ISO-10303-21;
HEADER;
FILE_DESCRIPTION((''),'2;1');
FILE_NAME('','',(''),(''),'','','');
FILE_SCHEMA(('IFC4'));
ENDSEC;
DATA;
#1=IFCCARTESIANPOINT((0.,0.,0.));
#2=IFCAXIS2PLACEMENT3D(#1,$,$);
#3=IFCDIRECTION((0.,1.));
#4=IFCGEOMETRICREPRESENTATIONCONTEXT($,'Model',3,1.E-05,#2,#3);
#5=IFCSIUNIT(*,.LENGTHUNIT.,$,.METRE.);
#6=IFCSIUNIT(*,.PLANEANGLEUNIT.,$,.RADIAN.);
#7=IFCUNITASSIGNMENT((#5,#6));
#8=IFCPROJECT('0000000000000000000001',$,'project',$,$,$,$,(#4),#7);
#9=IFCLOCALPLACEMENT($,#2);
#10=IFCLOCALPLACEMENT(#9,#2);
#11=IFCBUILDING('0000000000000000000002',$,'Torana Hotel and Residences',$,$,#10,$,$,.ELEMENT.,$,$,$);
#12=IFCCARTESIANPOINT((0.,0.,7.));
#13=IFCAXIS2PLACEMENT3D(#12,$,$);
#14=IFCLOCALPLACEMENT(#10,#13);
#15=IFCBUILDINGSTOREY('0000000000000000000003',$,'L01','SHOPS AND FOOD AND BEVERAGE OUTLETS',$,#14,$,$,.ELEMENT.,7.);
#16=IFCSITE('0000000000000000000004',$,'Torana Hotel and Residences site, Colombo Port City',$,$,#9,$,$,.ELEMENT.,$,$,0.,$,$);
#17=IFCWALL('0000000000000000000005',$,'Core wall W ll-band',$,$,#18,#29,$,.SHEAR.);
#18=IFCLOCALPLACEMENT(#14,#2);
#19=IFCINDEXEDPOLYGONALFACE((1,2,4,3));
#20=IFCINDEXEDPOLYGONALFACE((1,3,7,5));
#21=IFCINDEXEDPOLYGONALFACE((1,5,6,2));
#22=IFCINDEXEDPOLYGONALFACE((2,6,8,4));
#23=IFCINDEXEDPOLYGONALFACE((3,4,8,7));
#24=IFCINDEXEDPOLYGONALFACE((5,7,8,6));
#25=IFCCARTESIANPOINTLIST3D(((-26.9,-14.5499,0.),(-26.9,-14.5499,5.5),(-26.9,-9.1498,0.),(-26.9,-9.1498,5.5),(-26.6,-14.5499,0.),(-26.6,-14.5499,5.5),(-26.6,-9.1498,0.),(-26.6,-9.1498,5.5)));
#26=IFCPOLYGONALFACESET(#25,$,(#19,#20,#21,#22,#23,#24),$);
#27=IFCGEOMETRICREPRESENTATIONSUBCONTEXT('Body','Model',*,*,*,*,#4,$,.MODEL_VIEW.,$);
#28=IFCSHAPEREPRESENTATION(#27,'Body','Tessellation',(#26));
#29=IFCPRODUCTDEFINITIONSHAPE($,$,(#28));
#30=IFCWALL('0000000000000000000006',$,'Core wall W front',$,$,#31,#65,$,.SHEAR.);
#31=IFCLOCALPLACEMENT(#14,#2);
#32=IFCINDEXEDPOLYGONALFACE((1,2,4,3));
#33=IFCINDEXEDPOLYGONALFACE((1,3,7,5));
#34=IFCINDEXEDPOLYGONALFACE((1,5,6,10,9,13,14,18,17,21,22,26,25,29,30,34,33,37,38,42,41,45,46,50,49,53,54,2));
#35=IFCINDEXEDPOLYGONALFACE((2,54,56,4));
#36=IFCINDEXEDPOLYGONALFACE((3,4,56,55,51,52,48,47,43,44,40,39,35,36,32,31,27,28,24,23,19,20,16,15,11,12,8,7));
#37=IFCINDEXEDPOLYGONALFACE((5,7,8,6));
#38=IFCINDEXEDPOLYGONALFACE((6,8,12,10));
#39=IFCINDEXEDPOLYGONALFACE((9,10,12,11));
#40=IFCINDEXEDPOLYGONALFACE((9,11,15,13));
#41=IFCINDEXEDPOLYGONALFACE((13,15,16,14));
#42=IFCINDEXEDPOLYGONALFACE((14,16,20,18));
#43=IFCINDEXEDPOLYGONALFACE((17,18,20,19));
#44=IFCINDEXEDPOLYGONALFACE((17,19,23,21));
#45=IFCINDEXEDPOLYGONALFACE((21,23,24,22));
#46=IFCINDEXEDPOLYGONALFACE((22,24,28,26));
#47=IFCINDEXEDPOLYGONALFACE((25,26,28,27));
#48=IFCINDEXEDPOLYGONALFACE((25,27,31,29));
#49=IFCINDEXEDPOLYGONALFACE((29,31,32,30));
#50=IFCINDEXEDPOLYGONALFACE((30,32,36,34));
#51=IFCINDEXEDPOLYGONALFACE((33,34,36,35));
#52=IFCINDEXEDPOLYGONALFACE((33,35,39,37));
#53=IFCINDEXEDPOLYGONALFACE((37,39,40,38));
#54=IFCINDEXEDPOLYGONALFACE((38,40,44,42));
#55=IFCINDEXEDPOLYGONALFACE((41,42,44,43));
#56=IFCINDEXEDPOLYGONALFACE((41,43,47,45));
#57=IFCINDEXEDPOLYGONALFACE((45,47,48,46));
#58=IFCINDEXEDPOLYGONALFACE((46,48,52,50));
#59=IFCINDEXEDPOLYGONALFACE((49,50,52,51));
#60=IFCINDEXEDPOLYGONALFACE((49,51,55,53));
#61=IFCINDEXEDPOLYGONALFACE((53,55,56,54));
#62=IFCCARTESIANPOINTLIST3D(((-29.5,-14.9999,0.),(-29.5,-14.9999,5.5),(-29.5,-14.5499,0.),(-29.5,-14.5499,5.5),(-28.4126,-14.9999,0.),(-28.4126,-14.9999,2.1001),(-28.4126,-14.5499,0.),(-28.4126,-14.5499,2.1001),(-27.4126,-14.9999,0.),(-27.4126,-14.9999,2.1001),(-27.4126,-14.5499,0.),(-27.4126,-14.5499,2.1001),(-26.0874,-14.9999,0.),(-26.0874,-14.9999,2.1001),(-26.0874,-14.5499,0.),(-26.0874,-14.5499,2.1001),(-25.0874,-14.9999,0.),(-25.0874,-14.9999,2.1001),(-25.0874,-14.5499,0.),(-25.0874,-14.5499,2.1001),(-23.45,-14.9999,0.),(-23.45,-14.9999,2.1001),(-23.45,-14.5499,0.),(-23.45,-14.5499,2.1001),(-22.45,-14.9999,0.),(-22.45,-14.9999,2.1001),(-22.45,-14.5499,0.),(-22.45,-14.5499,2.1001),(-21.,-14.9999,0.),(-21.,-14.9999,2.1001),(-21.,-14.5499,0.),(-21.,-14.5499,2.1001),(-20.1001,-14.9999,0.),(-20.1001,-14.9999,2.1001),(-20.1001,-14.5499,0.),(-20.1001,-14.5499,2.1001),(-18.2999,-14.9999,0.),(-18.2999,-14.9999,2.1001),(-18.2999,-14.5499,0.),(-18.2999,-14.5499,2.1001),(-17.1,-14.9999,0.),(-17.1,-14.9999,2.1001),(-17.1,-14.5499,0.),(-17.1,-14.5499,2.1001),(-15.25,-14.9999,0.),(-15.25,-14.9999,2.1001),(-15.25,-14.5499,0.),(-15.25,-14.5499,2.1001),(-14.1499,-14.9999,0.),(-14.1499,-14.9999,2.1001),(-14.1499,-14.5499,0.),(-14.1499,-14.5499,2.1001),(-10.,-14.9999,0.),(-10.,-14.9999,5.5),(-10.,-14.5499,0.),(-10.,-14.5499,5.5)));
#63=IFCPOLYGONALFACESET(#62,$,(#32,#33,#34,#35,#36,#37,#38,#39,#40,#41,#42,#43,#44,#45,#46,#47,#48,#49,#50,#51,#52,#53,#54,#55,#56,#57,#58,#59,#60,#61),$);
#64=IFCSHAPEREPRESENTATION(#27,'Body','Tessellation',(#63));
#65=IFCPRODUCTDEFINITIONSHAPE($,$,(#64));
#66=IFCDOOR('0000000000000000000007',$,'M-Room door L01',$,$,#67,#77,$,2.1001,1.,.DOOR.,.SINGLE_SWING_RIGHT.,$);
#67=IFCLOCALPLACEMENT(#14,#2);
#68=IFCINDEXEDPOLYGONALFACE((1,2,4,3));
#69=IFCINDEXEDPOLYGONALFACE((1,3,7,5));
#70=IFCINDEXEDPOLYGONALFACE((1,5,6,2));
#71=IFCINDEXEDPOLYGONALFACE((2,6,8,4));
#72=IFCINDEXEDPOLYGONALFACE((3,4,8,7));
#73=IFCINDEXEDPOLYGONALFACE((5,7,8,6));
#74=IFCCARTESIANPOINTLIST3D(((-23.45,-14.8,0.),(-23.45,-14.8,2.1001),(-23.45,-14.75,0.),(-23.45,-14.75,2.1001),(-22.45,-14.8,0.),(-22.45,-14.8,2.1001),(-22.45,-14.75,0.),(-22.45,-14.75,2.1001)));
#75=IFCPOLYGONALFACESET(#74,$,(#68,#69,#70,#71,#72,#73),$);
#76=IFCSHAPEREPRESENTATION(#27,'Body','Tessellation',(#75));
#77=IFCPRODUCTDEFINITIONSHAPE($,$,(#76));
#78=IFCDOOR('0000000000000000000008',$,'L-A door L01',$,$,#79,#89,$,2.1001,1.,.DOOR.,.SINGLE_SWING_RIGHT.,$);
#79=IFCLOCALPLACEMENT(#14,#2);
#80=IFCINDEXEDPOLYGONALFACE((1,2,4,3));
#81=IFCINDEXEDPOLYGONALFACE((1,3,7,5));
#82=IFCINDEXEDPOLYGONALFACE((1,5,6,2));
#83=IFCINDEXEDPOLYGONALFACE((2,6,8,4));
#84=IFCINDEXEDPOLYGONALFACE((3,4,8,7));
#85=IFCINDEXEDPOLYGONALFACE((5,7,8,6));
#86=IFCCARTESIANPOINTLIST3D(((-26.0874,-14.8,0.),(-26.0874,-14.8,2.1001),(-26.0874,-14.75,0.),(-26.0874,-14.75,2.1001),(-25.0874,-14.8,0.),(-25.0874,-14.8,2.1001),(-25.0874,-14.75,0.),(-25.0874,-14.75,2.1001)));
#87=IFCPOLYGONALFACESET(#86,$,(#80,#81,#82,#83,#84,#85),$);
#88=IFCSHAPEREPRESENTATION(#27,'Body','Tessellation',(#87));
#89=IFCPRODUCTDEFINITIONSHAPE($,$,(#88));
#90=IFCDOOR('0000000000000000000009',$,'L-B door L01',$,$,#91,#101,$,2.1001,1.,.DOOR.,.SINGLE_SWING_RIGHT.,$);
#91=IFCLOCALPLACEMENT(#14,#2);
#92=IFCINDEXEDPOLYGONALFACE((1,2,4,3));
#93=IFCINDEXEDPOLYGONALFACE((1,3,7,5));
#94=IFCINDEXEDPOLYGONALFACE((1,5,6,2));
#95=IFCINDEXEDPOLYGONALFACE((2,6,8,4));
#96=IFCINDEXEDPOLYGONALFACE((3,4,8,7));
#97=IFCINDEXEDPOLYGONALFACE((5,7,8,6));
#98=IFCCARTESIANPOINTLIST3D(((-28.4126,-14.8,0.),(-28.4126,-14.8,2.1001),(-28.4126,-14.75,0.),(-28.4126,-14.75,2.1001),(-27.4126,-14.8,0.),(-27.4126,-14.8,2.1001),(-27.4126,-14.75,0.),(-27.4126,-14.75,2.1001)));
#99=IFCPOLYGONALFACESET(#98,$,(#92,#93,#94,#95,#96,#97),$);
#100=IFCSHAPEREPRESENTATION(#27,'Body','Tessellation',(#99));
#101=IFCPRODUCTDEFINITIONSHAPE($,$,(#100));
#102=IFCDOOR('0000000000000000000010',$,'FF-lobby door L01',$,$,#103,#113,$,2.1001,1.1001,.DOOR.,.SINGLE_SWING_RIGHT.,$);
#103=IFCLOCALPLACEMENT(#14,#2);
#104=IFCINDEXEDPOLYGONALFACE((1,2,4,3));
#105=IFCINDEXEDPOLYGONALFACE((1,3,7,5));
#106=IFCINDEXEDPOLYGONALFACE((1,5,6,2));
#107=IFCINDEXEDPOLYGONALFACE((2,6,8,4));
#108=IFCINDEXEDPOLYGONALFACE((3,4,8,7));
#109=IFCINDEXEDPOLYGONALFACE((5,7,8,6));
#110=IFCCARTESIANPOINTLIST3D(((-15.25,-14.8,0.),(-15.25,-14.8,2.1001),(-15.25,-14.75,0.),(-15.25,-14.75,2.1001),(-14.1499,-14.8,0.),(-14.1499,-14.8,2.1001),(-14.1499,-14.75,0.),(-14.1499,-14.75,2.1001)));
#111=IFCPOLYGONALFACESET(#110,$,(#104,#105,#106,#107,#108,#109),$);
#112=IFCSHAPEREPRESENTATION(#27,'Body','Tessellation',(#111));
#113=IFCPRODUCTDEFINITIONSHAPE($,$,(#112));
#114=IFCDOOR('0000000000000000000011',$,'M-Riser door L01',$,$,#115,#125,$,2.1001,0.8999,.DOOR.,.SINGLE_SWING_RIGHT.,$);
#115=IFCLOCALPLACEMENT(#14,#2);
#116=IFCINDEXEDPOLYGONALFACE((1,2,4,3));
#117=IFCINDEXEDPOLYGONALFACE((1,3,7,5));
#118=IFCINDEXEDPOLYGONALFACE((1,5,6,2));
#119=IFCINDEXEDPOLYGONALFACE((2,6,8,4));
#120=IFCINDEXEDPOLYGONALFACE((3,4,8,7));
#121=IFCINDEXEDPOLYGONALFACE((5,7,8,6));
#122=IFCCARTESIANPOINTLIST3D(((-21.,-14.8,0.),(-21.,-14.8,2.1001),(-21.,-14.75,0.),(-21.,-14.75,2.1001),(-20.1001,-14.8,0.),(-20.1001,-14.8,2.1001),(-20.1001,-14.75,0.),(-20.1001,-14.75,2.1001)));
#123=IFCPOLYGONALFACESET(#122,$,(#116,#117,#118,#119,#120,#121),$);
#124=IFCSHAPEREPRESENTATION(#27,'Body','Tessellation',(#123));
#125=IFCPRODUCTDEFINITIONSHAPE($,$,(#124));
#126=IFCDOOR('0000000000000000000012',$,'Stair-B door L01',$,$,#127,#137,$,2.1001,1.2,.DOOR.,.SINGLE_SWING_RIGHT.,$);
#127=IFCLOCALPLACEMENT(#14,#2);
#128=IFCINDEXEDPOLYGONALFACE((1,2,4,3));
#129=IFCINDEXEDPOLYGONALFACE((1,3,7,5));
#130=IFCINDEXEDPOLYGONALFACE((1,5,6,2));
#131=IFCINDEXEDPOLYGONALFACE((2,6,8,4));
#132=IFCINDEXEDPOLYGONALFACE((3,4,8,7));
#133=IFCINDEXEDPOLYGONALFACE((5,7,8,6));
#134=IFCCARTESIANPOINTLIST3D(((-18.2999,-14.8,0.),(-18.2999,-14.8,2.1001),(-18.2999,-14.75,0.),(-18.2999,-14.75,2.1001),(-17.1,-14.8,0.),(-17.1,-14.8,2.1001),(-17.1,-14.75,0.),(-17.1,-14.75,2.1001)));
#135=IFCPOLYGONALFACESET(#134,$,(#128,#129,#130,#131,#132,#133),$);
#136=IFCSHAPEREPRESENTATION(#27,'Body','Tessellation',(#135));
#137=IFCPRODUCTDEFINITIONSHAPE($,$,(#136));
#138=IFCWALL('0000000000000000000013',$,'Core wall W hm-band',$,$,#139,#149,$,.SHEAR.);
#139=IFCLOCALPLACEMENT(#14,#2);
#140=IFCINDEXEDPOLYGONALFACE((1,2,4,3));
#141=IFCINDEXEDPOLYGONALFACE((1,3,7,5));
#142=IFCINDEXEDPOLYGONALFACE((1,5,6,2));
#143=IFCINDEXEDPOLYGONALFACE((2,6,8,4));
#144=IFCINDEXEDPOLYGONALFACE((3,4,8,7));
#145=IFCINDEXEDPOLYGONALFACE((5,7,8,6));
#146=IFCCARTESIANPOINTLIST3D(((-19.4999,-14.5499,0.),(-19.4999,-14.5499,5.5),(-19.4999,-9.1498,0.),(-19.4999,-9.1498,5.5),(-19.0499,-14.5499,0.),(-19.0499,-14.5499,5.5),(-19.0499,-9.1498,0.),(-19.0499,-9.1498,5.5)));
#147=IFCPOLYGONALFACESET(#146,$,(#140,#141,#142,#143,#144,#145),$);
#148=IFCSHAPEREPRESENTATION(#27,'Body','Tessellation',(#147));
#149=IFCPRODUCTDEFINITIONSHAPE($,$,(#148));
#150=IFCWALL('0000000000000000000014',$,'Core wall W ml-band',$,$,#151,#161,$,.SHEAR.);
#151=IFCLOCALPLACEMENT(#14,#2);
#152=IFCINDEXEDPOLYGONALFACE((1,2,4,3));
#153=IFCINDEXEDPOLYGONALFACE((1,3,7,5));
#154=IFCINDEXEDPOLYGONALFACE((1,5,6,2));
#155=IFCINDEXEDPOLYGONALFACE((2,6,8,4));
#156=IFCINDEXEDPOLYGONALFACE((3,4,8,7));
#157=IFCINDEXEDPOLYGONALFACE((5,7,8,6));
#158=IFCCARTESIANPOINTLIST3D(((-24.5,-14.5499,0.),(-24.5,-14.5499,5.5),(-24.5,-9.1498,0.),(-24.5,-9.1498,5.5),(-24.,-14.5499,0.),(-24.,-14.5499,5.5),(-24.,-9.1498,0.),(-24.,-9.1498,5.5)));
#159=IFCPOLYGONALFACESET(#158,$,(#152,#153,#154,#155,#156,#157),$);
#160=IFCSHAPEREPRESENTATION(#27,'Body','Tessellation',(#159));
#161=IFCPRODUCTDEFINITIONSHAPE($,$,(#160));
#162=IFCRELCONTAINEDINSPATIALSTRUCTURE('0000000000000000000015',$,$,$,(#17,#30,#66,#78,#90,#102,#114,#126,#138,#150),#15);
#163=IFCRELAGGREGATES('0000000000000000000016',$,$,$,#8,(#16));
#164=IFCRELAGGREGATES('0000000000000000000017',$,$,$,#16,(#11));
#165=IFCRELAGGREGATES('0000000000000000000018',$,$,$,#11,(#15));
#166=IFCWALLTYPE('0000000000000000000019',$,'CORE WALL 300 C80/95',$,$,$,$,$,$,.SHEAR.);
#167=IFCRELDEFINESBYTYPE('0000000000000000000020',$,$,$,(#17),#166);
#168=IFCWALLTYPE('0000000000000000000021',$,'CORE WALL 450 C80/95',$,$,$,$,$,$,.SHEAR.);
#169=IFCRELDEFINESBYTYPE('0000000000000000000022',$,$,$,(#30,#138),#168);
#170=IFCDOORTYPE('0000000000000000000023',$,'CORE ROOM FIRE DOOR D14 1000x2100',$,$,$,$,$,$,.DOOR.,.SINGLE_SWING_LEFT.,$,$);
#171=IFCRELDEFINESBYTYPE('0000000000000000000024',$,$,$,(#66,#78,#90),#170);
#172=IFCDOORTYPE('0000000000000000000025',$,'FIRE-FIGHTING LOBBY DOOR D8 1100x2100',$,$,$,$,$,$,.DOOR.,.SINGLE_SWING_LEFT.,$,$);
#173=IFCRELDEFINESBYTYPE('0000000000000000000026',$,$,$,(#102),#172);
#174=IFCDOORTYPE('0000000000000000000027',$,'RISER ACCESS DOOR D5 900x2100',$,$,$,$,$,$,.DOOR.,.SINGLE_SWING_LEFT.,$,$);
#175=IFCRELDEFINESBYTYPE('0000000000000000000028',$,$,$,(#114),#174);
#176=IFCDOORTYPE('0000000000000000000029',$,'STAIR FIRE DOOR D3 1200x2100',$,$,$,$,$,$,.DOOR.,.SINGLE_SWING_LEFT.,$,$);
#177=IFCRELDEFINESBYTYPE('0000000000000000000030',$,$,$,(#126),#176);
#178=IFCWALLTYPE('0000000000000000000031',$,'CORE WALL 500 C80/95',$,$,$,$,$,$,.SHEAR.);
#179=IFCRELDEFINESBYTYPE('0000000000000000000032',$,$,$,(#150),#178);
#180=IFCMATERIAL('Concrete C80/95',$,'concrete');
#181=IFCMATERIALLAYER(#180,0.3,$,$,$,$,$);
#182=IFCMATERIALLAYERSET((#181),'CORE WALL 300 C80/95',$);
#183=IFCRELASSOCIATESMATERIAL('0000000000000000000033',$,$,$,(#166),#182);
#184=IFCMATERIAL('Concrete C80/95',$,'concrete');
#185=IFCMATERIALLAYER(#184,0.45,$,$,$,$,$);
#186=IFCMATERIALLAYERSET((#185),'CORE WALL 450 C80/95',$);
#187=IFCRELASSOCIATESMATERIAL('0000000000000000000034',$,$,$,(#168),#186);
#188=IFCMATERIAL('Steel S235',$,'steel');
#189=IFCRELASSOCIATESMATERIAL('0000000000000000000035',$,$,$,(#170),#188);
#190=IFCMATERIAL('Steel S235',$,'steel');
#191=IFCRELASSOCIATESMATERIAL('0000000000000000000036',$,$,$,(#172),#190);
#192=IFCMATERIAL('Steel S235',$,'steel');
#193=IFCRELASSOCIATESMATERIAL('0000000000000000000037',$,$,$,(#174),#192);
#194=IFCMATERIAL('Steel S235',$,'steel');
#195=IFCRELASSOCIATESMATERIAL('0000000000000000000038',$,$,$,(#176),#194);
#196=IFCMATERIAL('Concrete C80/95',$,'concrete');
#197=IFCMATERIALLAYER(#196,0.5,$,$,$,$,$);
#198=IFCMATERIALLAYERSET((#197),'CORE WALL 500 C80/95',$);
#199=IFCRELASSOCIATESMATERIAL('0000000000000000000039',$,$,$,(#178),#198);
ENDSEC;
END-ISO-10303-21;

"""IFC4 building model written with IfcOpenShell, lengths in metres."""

from ifc_helpers import new_model, si_unit, direction, frame, frame_2d, origin, place, context, subcontext, project, spatial, rectangle, extrude, material, layer, layer_set, type_object, element, fill, save


model = new_model("IFC4")

# Units and contexts
model_context = context("Model", 3, precision=1e-05, world=origin(), true_north=direction((0.0, 1.0)))
body_context = subcontext(model_context, "Body", "Model", "MODEL_VIEW")
ifc_project = project(units=[si_unit("LENGTHUNIT", "METRE"), si_unit("PLANEANGLEUNIT", "RADIAN")], contexts=[model_context])

# Site, building, storey
site_placement = place(None, origin())
site = spatial("IfcSite", under=ifc_project, at=site_placement, Name="Torana Hotel and Residences site, Colombo Port City", CompositionType="ELEMENT", RefElevation=0.0)
building_placement = place(site_placement, origin())
building = spatial("IfcBuilding", under=site, at=building_placement, Name="Torana Hotel and Residences", CompositionType="ELEMENT")
storey_placement = place(building_placement, frame((0.0, 0.0, 7.0)))
storey = spatial("IfcBuildingStorey", under=building, at=storey_placement, Name="L01", Description="SHOPS AND FOOD AND BEVERAGE OUTLETS", CompositionType="ELEMENT", Elevation=7.0)

# Wall
ifc_material_1 = material(Name="Concrete C80/95", Category="concrete")
ifc_layer_1 = layer(ifc_material_1, 0.3)
ifc_layer_set_1 = layer_set([ifc_layer_1], Name="CORE WALL 300 C80/95")
wall_type_1 = type_object("IfcWallType", Name="CORE WALL 300 C80/95", PredefinedType="SHEAR", material=ifc_layer_set_1)
for number, where, z_axis, x_axis, name in (
    (1, (-26.75, -14.55, 0.0), (0.0, 0.0, 1.0), (0.0, 1.0, 0.0), "Core wall W ll-band"),
):
    element("IfcWall", number, at=place(storey_placement, frame(where, z_axis=z_axis, x_axis=x_axis)), inside=storey, type_object=wall_type_1, Name=name, PredefinedType="SHEAR", context=body_context, shape_type="SweptSolid", body=[
        extrude(rectangle(XDim=5.4001, YDim=0.3, at=frame_2d((2.7002, 0.0))), origin(), (0.0, 0.0, 1.0), 5.5),
    ])

# Wall, openings, doors
ifc_material_2 = material(Name="Concrete C80/95", Category="concrete")
ifc_layer_2 = layer(ifc_material_2, 0.45)
ifc_layer_set_2 = layer_set([ifc_layer_2], Name="CORE WALL 450 C80/95")
wall_type_2 = type_object("IfcWallType", Name="CORE WALL 450 C80/95", PredefinedType="SHEAR", material=ifc_layer_set_2)
wall_1_placement = place(storey_placement, frame((-29.5, -14.7749, 0.0), z_axis=(0.0, 0.0, 1.0), x_axis=(1.0, 0.0, 0.0)))
wall_1 = element("IfcWall", 2, at=wall_1_placement, inside=storey, type_object=wall_type_2, Name="Core wall W front", PredefinedType="SHEAR", context=body_context, shape_type="SweptSolid", body=[
    extrude(rectangle(XDim=19.5, YDim=0.45, at=frame_2d((9.75, 0.0))), origin(), (0.0, 0.0, 1.0), 5.5),
])
opening_1_placement = place(wall_1_placement, frame((11.2, 0.0, 0.0)))
opening_1 = element("IfcOpeningElement", 3, at=opening_1_placement, cuts=wall_1, PredefinedType="OPENING", context=body_context, shape_type="SweptSolid", body=[
    extrude(rectangle(XDim=1.2, YDim=2.1001, at=frame_2d((0.6001, 1.05))), frame((0.0, 0.2349, 0.0), z_axis=(0.0, -1.0, 0.0), x_axis=(1.0, 0.0, 0.0)), (0.0, 0.0, 1.0), 0.47),
])
opening_2_placement = place(wall_1_placement, frame((14.25, 0.0, 0.0)))
opening_2 = element("IfcOpeningElement", 4, at=opening_2_placement, cuts=wall_1, PredefinedType="OPENING", context=body_context, shape_type="SweptSolid", body=[
    extrude(rectangle(XDim=1.1001, YDim=2.1001, at=frame_2d((0.55, 1.05))), frame((0.0, 0.2349, 0.0), z_axis=(0.0, -1.0, 0.0), x_axis=(1.0, 0.0, 0.0)), (0.0, 0.0, 1.0), 0.47),
])
opening_3_placement = place(wall_1_placement, frame((8.5, 0.0, 0.0)))
opening_3 = element("IfcOpeningElement", 5, at=opening_3_placement, cuts=wall_1, PredefinedType="OPENING", context=body_context, shape_type="SweptSolid", body=[
    extrude(rectangle(XDim=0.8999, YDim=2.1001, at=frame_2d((0.45, 1.05))), frame((0.0, 0.2349, 0.0), z_axis=(0.0, -1.0, 0.0), x_axis=(1.0, 0.0, 0.0)), (0.0, 0.0, 1.0), 0.47),
])
opening_4_placement = place(wall_1_placement, frame((6.05, 0.0, 0.0)))
opening_4 = element("IfcOpeningElement", 6, at=opening_4_placement, cuts=wall_1, PredefinedType="OPENING", context=body_context, shape_type="SweptSolid", body=[
    extrude(rectangle(XDim=1.0, YDim=2.1001, at=frame_2d((0.5, 1.05))), frame((0.0, 0.2349, 0.0), z_axis=(0.0, -1.0, 0.0), x_axis=(1.0, 0.0, 0.0)), (0.0, 0.0, 1.0), 0.47),
])
opening_5_placement = place(wall_1_placement, frame((3.4126, 0.0, 0.0)))
opening_5 = element("IfcOpeningElement", 7, at=opening_5_placement, cuts=wall_1, PredefinedType="OPENING", context=body_context, shape_type="SweptSolid", body=[
    extrude(rectangle(XDim=1.0, YDim=2.1001, at=frame_2d((0.5, 1.05))), frame((0.0, 0.2349, 0.0), z_axis=(0.0, -1.0, 0.0), x_axis=(1.0, 0.0, 0.0)), (0.0, 0.0, 1.0), 0.47),
])
opening_6_placement = place(wall_1_placement, frame((1.0874, 0.0, 0.0)))
opening_6 = element("IfcOpeningElement", 8, at=opening_6_placement, cuts=wall_1, PredefinedType="OPENING", context=body_context, shape_type="SweptSolid", body=[
    extrude(rectangle(XDim=1.0, YDim=2.1001, at=frame_2d((0.5, 1.05))), frame((0.0, 0.2349, 0.0), z_axis=(0.0, -1.0, 0.0), x_axis=(1.0, 0.0, 0.0)), (0.0, 0.0, 1.0), 0.47),
])
ifc_material_3 = material(Name="Steel S235", Category="steel")
door_type_1 = type_object("IfcDoorType", Name="CORE ROOM FIRE DOOR D14 1000x2100", OperationType="SINGLE_SWING_LEFT", PredefinedType="DOOR", material=ifc_material_3)
door_1_placement = place(opening_4_placement, origin())
door_1 = element("IfcDoor", 9, at=door_1_placement, inside=storey, type_object=door_type_1, Name="M-Room door L01", OperationType="SINGLE_SWING_RIGHT", OverallHeight=2.1001, OverallWidth=1.0, PredefinedType="DOOR", context=body_context, shape_type="SweptSolid", body=[
    extrude(rectangle(XDim=1.0, YDim=2.1001, at=frame_2d((0.5, 1.05))), frame((0.0, 0.0249, 0.0), z_axis=(0.0, -1.0, 0.0), x_axis=(1.0, 0.0, 0.0)), (0.0, 0.0, 1.0), 0.05),
])
fill(opening_4, door_1)
door_2_placement = place(opening_5_placement, origin())
door_2 = element("IfcDoor", 10, at=door_2_placement, inside=storey, type_object=door_type_1, Name="L-A door L01", OperationType="SINGLE_SWING_RIGHT", OverallHeight=2.1001, OverallWidth=1.0, PredefinedType="DOOR", context=body_context, shape_type="SweptSolid", body=[
    extrude(rectangle(XDim=1.0, YDim=2.1001, at=frame_2d((0.5, 1.05))), frame((0.0, 0.0249, 0.0), z_axis=(0.0, -1.0, 0.0), x_axis=(1.0, 0.0, 0.0)), (0.0, 0.0, 1.0), 0.05),
])
fill(opening_5, door_2)
door_3_placement = place(opening_6_placement, origin())
door_3 = element("IfcDoor", 11, at=door_3_placement, inside=storey, type_object=door_type_1, Name="L-B door L01", OperationType="SINGLE_SWING_RIGHT", OverallHeight=2.1001, OverallWidth=1.0, PredefinedType="DOOR", context=body_context, shape_type="SweptSolid", body=[
    extrude(rectangle(XDim=1.0, YDim=2.1001, at=frame_2d((0.5, 1.05))), frame((0.0, 0.0249, 0.0), z_axis=(0.0, -1.0, 0.0), x_axis=(1.0, 0.0, 0.0)), (0.0, 0.0, 1.0), 0.05),
])
fill(opening_6, door_3)
ifc_material_4 = material(Name="Steel S235", Category="steel")
door_type_2 = type_object("IfcDoorType", Name="FIRE-FIGHTING LOBBY DOOR D8 1100x2100", OperationType="SINGLE_SWING_LEFT", PredefinedType="DOOR", material=ifc_material_4)
door_4_placement = place(opening_2_placement, origin())
door_4 = element("IfcDoor", 12, at=door_4_placement, inside=storey, type_object=door_type_2, Name="FF-lobby door L01", OperationType="SINGLE_SWING_RIGHT", OverallHeight=2.1001, OverallWidth=1.1001, PredefinedType="DOOR", context=body_context, shape_type="SweptSolid", body=[
    extrude(rectangle(XDim=1.1001, YDim=2.1001, at=frame_2d((0.55, 1.05))), frame((0.0, 0.0249, 0.0), z_axis=(0.0, -1.0, 0.0), x_axis=(1.0, 0.0, 0.0)), (0.0, 0.0, 1.0), 0.05),
])
fill(opening_2, door_4)
ifc_material_5 = material(Name="Steel S235", Category="steel")
door_type_3 = type_object("IfcDoorType", Name="RISER ACCESS DOOR D5 900x2100", OperationType="SINGLE_SWING_LEFT", PredefinedType="DOOR", material=ifc_material_5)
door_5_placement = place(opening_3_placement, origin())
door_5 = element("IfcDoor", 13, at=door_5_placement, inside=storey, type_object=door_type_3, Name="M-Riser door L01", OperationType="SINGLE_SWING_RIGHT", OverallHeight=2.1001, OverallWidth=0.8999, PredefinedType="DOOR", context=body_context, shape_type="SweptSolid", body=[
    extrude(rectangle(XDim=0.8999, YDim=2.1001, at=frame_2d((0.45, 1.05))), frame((0.0, 0.0249, 0.0), z_axis=(0.0, -1.0, 0.0), x_axis=(1.0, 0.0, 0.0)), (0.0, 0.0, 1.0), 0.05),
])
fill(opening_3, door_5)
ifc_material_6 = material(Name="Steel S235", Category="steel")
door_type_4 = type_object("IfcDoorType", Name="STAIR FIRE DOOR D3 1200x2100", OperationType="SINGLE_SWING_LEFT", PredefinedType="DOOR", material=ifc_material_6)
door_6_placement = place(opening_1_placement, origin())
door_6 = element("IfcDoor", 14, at=door_6_placement, inside=storey, type_object=door_type_4, Name="Stair-B door L01", OperationType="SINGLE_SWING_RIGHT", OverallHeight=2.1001, OverallWidth=1.2, PredefinedType="DOOR", context=body_context, shape_type="SweptSolid", body=[
    extrude(rectangle(XDim=1.2, YDim=2.1001, at=frame_2d((0.6001, 1.05))), frame((0.0, 0.0249, 0.0), z_axis=(0.0, -1.0, 0.0), x_axis=(1.0, 0.0, 0.0)), (0.0, 0.0, 1.0), 0.05),
])
fill(opening_1, door_6)

# Wall
wall_2_placement = place(storey_placement, frame((-19.2749, -14.55, 0.0), z_axis=(0.0, 0.0, 1.0), x_axis=(0.0, 1.0, 0.0)))
element("IfcWall", 15, at=wall_2_placement, inside=storey, type_object=wall_type_2, Name="Core wall W hm-band", PredefinedType="SHEAR", context=body_context, shape_type="SweptSolid", body=[
    extrude(rectangle(XDim=5.4001, YDim=0.45, at=frame_2d((2.7002, 0.0))), origin(), (0.0, 0.0, 1.0), 5.5),
])

# Shared definitions
ifc_material_7 = material(Name="Concrete C80/95", Category="concrete")
ifc_layer_3 = layer(ifc_material_7, 0.5)
ifc_layer_set_3 = layer_set([ifc_layer_3], Name="CORE WALL 500 C80/95")
wall_type_3 = type_object("IfcWallType", Name="CORE WALL 500 C80/95", PredefinedType="SHEAR", material=ifc_layer_set_3)

# Wall
wall_3_placement = place(storey_placement, frame((-24.25, -14.55, 0.0), z_axis=(0.0, 0.0, 1.0), x_axis=(0.0, 1.0, 0.0)))
element("IfcWall", 16, at=wall_3_placement, inside=storey, type_object=wall_type_3, Name="Core wall W ml-band", PredefinedType="SHEAR", context=body_context, shape_type="SweptSolid", body=[
    extrude(rectangle(XDim=5.4001, YDim=0.5, at=frame_2d((2.7002, 0.0))), origin(), (0.0, 0.0, 1.0), 5.5),
])

save(model, "model.ifc")
